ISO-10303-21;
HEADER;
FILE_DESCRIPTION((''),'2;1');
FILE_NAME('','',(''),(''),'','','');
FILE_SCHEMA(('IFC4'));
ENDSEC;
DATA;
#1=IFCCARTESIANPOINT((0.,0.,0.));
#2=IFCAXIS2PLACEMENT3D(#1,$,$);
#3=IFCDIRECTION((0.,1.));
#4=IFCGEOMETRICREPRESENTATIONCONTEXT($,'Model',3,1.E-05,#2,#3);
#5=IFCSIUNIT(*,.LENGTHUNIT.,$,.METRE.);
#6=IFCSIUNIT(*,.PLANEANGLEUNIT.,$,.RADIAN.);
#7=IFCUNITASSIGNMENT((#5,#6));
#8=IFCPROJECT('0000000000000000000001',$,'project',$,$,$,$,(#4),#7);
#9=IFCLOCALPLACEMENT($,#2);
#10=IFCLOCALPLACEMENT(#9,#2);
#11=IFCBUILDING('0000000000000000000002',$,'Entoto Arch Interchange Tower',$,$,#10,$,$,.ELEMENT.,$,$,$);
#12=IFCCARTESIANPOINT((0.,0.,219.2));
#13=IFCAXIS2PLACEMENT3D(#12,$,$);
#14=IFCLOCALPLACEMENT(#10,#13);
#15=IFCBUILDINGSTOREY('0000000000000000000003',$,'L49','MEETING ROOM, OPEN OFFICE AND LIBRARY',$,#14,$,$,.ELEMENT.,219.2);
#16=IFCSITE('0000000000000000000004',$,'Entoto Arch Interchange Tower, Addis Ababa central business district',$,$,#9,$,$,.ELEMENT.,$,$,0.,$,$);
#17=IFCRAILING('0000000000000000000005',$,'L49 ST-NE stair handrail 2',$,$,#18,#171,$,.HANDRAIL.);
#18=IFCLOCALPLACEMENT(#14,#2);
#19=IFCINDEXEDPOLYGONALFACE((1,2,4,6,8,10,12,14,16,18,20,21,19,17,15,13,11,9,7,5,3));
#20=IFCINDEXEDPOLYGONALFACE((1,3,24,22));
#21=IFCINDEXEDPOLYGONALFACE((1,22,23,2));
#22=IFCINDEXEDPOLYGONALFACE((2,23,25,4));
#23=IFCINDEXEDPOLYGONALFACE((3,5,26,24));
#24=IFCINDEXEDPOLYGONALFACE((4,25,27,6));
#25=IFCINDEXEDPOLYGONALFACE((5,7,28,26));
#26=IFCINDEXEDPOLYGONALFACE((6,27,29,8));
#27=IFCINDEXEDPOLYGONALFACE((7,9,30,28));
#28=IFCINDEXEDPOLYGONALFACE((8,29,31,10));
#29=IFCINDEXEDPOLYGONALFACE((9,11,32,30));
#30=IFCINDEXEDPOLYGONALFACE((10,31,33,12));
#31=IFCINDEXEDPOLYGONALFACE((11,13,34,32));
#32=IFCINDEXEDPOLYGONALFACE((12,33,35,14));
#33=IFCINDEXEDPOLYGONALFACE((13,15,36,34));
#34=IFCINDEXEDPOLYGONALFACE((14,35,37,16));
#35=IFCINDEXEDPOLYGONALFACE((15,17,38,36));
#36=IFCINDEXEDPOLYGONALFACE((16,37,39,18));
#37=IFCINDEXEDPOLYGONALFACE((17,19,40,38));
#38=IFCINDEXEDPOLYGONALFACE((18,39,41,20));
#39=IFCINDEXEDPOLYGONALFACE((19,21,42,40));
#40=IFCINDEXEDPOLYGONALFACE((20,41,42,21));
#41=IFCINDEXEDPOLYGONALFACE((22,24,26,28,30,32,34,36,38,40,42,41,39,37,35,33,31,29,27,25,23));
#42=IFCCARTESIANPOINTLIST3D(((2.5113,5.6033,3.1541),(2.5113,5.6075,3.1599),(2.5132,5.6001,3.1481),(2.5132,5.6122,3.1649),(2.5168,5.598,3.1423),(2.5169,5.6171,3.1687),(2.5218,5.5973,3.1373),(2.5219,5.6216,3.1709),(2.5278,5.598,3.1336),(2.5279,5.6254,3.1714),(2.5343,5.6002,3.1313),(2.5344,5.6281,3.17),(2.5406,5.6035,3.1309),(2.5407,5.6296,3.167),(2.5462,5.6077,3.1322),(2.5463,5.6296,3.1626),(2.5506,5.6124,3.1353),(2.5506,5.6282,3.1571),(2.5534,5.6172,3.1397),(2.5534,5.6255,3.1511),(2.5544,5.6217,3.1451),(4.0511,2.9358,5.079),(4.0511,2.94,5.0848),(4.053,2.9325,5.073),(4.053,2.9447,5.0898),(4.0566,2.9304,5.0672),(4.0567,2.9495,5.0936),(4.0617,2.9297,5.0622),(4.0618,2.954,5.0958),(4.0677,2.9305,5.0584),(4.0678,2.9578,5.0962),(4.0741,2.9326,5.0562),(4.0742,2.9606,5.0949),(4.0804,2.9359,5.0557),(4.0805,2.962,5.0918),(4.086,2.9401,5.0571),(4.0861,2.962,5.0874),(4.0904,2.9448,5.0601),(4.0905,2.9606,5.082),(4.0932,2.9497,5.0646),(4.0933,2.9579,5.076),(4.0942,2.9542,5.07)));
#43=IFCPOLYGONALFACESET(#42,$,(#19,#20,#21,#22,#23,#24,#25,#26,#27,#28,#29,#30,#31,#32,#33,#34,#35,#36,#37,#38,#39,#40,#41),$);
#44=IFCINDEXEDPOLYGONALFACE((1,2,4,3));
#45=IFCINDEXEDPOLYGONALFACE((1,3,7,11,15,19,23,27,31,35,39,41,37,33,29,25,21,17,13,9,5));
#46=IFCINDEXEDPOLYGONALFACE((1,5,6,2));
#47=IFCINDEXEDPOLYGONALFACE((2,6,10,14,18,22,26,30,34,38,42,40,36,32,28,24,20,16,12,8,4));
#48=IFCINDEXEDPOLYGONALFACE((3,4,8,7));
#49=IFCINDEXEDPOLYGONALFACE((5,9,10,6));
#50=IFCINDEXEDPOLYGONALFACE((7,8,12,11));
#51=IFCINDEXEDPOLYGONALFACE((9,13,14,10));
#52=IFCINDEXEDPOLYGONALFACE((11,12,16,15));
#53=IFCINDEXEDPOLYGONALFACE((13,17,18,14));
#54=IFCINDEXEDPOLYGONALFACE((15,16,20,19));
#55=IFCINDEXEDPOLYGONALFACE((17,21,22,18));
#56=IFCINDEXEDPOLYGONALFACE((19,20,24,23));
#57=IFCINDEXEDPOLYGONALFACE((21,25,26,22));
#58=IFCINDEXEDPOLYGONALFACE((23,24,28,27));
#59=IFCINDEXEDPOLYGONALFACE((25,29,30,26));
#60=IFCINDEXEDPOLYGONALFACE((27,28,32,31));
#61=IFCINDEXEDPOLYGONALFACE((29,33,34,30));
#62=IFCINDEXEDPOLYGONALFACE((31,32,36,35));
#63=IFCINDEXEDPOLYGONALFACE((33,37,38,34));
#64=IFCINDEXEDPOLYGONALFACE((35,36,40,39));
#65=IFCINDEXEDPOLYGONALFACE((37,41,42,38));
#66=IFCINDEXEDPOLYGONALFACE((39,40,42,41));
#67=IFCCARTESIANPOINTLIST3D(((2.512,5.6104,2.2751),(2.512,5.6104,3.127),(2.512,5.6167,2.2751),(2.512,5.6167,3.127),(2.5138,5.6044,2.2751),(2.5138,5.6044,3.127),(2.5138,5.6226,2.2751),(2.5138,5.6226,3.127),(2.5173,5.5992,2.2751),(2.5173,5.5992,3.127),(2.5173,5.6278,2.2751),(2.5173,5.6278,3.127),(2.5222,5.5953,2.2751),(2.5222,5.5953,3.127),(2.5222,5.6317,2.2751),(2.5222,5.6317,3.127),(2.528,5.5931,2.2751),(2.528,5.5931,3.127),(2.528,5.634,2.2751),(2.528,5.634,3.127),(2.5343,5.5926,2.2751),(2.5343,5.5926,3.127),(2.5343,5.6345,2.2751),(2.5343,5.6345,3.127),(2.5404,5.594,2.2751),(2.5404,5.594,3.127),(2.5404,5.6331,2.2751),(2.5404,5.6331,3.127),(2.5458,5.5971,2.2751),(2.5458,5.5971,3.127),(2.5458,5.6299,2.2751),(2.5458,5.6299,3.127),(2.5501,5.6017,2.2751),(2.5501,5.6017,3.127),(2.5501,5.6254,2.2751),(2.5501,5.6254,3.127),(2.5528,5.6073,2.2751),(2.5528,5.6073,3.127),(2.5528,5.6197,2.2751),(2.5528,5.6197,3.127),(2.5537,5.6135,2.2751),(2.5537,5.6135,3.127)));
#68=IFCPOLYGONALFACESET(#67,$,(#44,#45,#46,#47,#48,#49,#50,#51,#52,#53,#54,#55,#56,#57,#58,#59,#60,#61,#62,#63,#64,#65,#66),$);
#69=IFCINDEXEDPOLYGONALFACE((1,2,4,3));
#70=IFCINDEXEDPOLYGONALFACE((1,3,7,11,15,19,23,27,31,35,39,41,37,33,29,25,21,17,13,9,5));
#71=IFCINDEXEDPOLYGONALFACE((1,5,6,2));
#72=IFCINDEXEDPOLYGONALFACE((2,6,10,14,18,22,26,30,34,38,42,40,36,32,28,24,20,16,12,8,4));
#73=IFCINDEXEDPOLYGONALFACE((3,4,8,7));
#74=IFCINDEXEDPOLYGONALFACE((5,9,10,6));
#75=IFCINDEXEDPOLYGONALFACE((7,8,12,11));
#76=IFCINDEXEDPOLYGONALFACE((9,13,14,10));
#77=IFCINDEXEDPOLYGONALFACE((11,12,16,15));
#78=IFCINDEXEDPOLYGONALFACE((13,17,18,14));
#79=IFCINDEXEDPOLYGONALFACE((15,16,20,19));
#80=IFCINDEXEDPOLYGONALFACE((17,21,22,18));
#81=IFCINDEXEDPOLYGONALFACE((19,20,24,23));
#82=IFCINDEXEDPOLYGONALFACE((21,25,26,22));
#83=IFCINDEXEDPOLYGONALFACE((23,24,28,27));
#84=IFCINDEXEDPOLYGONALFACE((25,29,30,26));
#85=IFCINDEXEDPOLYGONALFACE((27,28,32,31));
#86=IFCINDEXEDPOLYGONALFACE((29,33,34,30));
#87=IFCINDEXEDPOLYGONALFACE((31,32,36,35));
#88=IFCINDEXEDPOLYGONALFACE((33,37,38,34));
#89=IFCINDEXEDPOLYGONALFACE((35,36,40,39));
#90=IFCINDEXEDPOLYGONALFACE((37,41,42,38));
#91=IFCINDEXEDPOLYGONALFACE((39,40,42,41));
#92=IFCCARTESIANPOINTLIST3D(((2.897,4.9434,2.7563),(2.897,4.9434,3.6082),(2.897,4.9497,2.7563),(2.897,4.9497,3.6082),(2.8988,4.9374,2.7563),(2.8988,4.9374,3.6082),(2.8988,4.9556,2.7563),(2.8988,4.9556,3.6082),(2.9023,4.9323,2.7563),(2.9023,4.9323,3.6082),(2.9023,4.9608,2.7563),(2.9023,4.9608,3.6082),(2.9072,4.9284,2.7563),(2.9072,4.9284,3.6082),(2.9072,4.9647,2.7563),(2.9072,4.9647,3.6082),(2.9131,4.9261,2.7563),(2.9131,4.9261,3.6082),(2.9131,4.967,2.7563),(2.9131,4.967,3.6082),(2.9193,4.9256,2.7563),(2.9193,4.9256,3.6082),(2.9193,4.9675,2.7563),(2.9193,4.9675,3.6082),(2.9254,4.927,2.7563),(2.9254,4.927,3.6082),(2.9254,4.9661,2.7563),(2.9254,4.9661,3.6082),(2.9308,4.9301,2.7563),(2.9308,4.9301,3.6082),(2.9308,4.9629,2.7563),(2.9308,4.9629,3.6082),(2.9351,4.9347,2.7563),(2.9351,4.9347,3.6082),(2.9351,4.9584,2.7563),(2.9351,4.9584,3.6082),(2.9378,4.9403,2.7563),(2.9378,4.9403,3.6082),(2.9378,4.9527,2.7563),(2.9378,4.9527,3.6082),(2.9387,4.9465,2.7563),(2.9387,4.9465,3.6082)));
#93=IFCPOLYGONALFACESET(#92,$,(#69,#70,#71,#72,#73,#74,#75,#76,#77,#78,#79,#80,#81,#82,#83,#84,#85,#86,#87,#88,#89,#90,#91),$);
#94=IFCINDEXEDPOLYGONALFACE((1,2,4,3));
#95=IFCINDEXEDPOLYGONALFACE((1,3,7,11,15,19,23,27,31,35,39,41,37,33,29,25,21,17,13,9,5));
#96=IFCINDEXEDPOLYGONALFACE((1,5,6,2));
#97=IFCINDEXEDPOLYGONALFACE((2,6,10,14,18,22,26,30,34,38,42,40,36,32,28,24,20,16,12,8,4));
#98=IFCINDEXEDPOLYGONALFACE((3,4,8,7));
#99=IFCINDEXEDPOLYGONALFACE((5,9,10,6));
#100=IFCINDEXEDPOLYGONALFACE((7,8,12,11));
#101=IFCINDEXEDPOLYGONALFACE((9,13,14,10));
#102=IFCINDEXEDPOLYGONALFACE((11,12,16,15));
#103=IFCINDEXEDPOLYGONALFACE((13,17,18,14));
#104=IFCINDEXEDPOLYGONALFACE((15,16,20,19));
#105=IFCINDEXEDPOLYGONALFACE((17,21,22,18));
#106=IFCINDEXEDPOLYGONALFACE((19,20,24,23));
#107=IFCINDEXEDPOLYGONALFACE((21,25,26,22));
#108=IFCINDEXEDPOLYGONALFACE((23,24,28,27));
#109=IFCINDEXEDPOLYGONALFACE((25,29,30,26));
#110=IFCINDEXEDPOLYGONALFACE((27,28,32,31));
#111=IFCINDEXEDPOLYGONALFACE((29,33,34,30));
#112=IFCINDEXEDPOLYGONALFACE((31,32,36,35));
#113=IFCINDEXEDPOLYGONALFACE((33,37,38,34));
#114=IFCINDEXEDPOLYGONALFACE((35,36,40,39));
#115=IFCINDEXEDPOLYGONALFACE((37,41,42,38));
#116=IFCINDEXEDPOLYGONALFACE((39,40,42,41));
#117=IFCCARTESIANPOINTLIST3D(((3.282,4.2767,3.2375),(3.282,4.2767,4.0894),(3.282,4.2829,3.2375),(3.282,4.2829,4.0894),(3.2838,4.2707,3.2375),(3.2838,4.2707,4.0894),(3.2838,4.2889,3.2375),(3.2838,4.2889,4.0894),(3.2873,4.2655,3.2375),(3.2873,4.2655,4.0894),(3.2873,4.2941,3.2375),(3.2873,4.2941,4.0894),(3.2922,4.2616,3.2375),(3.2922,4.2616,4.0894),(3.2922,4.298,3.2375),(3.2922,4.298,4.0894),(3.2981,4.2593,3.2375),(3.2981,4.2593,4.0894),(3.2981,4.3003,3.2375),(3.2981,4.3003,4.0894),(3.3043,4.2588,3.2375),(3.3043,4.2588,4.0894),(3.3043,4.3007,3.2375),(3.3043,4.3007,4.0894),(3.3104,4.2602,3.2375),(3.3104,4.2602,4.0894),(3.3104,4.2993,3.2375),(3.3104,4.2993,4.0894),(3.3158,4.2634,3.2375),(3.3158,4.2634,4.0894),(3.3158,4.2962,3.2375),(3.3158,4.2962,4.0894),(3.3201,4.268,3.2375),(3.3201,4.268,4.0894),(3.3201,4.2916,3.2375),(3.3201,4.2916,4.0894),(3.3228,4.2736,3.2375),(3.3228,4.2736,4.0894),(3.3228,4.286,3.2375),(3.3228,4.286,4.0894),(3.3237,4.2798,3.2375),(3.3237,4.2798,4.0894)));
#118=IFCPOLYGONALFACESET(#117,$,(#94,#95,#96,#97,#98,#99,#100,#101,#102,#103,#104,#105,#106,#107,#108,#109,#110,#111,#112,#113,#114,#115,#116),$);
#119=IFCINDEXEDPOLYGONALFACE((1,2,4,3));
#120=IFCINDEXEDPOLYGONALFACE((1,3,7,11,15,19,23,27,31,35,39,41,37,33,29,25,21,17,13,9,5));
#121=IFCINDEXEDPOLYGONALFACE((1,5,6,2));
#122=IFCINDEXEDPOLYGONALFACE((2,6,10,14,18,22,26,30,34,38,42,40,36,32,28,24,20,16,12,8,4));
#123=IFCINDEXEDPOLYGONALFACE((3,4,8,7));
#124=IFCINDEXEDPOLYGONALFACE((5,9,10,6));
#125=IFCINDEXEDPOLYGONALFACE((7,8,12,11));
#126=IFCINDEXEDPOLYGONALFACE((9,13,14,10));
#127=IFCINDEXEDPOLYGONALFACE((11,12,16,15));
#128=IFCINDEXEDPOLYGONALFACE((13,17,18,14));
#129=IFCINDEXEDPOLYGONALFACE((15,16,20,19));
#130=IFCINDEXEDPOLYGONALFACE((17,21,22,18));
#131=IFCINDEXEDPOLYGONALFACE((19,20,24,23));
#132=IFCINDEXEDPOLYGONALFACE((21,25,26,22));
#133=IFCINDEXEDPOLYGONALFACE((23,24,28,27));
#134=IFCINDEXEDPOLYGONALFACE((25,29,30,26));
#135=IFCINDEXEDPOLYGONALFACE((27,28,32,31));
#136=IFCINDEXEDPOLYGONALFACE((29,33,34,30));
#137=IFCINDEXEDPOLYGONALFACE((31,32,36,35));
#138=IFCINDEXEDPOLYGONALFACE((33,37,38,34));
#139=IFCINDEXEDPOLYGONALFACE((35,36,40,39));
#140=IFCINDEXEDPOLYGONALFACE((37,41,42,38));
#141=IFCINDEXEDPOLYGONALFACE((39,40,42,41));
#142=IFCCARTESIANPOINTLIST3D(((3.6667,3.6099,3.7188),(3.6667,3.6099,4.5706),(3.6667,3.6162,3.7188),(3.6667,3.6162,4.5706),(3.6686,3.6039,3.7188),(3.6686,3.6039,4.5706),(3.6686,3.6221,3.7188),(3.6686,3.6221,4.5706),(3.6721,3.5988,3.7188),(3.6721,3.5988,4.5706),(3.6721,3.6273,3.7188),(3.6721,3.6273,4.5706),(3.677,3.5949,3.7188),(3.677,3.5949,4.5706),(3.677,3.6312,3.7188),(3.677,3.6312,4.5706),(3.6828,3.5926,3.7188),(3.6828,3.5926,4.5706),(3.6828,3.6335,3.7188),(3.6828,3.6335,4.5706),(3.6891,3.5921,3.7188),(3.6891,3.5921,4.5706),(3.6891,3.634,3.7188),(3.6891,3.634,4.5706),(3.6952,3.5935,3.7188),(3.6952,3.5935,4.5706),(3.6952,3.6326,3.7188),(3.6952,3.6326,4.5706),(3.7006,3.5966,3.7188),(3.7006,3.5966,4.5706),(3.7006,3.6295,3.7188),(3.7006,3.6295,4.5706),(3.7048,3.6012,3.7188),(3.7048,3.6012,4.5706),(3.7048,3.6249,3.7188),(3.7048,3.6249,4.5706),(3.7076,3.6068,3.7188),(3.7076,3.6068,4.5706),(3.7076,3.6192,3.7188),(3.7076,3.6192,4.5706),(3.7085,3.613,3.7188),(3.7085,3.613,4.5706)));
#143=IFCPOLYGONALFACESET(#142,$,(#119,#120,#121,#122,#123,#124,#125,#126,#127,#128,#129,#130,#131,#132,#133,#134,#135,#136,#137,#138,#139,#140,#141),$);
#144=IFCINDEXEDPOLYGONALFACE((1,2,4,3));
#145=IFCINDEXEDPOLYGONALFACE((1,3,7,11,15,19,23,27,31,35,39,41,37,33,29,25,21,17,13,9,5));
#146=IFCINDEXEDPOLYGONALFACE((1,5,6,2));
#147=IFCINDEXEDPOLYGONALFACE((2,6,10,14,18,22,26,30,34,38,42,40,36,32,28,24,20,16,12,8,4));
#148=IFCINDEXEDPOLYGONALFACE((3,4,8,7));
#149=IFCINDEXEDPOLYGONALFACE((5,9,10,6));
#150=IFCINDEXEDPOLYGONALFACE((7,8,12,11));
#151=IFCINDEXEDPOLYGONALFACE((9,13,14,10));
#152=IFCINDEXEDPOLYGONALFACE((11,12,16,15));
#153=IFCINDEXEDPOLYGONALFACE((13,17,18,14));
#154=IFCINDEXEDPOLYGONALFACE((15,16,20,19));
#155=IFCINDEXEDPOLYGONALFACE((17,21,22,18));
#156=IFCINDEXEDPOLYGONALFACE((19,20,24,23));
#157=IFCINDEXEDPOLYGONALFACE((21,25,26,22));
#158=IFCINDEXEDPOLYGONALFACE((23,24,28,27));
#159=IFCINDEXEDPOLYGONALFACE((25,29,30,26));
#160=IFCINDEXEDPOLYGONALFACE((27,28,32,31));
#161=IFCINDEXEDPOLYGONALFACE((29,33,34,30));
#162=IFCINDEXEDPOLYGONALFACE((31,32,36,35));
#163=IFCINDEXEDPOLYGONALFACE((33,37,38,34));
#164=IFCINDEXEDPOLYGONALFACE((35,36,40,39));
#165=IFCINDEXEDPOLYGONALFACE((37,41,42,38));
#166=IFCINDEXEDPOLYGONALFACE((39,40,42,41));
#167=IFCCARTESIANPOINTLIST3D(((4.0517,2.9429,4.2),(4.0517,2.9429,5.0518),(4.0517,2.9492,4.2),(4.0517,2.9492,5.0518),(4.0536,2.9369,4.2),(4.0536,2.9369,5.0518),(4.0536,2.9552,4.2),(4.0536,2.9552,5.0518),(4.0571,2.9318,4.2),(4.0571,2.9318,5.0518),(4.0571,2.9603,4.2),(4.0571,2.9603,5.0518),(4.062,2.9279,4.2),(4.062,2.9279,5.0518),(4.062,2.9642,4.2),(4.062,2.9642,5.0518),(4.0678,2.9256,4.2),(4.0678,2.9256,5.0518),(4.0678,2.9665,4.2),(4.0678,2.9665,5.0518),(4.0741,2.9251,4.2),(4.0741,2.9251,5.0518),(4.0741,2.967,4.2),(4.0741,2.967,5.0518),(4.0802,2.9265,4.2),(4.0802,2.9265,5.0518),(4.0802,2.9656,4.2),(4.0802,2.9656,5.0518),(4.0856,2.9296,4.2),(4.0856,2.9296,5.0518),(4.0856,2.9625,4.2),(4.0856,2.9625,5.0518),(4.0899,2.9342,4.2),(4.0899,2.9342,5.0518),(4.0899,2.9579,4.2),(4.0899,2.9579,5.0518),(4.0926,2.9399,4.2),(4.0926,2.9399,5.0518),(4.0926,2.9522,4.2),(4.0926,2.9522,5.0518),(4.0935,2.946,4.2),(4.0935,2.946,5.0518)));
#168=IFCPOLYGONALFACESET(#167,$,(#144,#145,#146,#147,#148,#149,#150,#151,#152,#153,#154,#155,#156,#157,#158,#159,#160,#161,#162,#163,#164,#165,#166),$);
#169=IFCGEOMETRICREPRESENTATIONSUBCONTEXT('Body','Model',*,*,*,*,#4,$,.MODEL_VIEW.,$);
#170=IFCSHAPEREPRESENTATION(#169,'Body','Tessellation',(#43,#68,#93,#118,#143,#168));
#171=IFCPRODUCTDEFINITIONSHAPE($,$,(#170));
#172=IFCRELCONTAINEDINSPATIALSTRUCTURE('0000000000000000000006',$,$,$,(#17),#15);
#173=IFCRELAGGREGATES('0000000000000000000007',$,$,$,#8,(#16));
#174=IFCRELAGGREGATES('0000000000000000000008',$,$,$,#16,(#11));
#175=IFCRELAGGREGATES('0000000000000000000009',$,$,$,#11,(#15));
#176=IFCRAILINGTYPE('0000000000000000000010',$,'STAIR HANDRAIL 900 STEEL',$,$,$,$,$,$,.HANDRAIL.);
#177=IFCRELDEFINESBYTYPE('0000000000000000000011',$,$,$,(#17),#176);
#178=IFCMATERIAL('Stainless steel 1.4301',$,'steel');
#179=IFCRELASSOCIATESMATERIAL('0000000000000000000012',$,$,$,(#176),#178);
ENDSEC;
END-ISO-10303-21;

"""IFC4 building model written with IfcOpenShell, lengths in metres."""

from ifc_helpers import new_model, si_unit, direction, frame, origin, origin_2d, place, context, subcontext, project, spatial, circle, extrude, material, type_object, element, save


model = new_model("IFC4")

# Units and contexts
model_context = context("Model", 3, precision=1e-05, world=origin(), true_north=direction((0.0, 1.0)))
body_context = subcontext(model_context, "Body", "Model", "MODEL_VIEW")
ifc_project = project(units=[si_unit("LENGTHUNIT", "METRE"), si_unit("PLANEANGLEUNIT", "RADIAN")], contexts=[model_context])

# Site, building, storey
site_placement = place(None, origin())
site = spatial("IfcSite", under=ifc_project, at=site_placement, Name="Entoto Arch Interchange Tower, Addis Ababa central business district", CompositionType="ELEMENT", RefElevation=0.0)
building_placement = place(site_placement, origin())
building = spatial("IfcBuilding", under=site, at=building_placement, Name="Entoto Arch Interchange Tower", CompositionType="ELEMENT")
storey_placement = place(building_placement, frame((0.0, 0.0, 219.2)))
storey = spatial("IfcBuildingStorey", under=building, at=storey_placement, Name="L49", Description="MEETING ROOM, OPEN OFFICE AND LIBRARY", CompositionType="ELEMENT", Elevation=219.2)

# Railing
ifc_material_1 = material(Name="Stainless steel 1.4301", Category="steel")
railing_type_1 = type_object("IfcRailingType", Name="STAIR HANDRAIL 900 STEEL", PredefinedType="HANDRAIL", material=ifc_material_1)
railing_1_placement = place(storey_placement, frame((2.5327, 5.6135, 2.2751)))
element("IfcRailing", 1, at=railing_1_placement, inside=storey, type_object=railing_type_1, Name="L49 ST-NE stair handrail 2", PredefinedType="HANDRAIL", context=body_context, shape_type="SweptSolid", body=[
    extrude(circle(Radius=0.0239, at=origin_2d()), frame((0.0, 0.0, 0.876), z_axis=(0.423954, -0.734442, 0.52996), x_axis=(0.866064, 0.499933, 0.0)), (0.0, 0.0, 1.0), 3.6321),
    extrude(circle(Radius=0.021, at=origin_2d()), origin(), (0.0, 0.0, 1.0), 0.8518),
    extrude(circle(Radius=0.021, at=origin_2d()), frame((0.385, -0.667, 0.4812)), (0.0, 0.0, 1.0), 0.8518),
    extrude(circle(Radius=0.021, at=origin_2d()), frame((0.77, -1.3337, 0.9624)), (0.0, 0.0, 1.0), 0.8518),
    extrude(circle(Radius=0.021, at=origin_2d()), frame((1.1548, -2.0005, 1.4436)), (0.0, 0.0, 1.0), 0.8518),
    extrude(circle(Radius=0.021, at=origin_2d()), frame((1.5398, -2.6675, 1.9248)), (0.0, 0.0, 1.0), 0.8518),
])

save(model, "model.ifc")
